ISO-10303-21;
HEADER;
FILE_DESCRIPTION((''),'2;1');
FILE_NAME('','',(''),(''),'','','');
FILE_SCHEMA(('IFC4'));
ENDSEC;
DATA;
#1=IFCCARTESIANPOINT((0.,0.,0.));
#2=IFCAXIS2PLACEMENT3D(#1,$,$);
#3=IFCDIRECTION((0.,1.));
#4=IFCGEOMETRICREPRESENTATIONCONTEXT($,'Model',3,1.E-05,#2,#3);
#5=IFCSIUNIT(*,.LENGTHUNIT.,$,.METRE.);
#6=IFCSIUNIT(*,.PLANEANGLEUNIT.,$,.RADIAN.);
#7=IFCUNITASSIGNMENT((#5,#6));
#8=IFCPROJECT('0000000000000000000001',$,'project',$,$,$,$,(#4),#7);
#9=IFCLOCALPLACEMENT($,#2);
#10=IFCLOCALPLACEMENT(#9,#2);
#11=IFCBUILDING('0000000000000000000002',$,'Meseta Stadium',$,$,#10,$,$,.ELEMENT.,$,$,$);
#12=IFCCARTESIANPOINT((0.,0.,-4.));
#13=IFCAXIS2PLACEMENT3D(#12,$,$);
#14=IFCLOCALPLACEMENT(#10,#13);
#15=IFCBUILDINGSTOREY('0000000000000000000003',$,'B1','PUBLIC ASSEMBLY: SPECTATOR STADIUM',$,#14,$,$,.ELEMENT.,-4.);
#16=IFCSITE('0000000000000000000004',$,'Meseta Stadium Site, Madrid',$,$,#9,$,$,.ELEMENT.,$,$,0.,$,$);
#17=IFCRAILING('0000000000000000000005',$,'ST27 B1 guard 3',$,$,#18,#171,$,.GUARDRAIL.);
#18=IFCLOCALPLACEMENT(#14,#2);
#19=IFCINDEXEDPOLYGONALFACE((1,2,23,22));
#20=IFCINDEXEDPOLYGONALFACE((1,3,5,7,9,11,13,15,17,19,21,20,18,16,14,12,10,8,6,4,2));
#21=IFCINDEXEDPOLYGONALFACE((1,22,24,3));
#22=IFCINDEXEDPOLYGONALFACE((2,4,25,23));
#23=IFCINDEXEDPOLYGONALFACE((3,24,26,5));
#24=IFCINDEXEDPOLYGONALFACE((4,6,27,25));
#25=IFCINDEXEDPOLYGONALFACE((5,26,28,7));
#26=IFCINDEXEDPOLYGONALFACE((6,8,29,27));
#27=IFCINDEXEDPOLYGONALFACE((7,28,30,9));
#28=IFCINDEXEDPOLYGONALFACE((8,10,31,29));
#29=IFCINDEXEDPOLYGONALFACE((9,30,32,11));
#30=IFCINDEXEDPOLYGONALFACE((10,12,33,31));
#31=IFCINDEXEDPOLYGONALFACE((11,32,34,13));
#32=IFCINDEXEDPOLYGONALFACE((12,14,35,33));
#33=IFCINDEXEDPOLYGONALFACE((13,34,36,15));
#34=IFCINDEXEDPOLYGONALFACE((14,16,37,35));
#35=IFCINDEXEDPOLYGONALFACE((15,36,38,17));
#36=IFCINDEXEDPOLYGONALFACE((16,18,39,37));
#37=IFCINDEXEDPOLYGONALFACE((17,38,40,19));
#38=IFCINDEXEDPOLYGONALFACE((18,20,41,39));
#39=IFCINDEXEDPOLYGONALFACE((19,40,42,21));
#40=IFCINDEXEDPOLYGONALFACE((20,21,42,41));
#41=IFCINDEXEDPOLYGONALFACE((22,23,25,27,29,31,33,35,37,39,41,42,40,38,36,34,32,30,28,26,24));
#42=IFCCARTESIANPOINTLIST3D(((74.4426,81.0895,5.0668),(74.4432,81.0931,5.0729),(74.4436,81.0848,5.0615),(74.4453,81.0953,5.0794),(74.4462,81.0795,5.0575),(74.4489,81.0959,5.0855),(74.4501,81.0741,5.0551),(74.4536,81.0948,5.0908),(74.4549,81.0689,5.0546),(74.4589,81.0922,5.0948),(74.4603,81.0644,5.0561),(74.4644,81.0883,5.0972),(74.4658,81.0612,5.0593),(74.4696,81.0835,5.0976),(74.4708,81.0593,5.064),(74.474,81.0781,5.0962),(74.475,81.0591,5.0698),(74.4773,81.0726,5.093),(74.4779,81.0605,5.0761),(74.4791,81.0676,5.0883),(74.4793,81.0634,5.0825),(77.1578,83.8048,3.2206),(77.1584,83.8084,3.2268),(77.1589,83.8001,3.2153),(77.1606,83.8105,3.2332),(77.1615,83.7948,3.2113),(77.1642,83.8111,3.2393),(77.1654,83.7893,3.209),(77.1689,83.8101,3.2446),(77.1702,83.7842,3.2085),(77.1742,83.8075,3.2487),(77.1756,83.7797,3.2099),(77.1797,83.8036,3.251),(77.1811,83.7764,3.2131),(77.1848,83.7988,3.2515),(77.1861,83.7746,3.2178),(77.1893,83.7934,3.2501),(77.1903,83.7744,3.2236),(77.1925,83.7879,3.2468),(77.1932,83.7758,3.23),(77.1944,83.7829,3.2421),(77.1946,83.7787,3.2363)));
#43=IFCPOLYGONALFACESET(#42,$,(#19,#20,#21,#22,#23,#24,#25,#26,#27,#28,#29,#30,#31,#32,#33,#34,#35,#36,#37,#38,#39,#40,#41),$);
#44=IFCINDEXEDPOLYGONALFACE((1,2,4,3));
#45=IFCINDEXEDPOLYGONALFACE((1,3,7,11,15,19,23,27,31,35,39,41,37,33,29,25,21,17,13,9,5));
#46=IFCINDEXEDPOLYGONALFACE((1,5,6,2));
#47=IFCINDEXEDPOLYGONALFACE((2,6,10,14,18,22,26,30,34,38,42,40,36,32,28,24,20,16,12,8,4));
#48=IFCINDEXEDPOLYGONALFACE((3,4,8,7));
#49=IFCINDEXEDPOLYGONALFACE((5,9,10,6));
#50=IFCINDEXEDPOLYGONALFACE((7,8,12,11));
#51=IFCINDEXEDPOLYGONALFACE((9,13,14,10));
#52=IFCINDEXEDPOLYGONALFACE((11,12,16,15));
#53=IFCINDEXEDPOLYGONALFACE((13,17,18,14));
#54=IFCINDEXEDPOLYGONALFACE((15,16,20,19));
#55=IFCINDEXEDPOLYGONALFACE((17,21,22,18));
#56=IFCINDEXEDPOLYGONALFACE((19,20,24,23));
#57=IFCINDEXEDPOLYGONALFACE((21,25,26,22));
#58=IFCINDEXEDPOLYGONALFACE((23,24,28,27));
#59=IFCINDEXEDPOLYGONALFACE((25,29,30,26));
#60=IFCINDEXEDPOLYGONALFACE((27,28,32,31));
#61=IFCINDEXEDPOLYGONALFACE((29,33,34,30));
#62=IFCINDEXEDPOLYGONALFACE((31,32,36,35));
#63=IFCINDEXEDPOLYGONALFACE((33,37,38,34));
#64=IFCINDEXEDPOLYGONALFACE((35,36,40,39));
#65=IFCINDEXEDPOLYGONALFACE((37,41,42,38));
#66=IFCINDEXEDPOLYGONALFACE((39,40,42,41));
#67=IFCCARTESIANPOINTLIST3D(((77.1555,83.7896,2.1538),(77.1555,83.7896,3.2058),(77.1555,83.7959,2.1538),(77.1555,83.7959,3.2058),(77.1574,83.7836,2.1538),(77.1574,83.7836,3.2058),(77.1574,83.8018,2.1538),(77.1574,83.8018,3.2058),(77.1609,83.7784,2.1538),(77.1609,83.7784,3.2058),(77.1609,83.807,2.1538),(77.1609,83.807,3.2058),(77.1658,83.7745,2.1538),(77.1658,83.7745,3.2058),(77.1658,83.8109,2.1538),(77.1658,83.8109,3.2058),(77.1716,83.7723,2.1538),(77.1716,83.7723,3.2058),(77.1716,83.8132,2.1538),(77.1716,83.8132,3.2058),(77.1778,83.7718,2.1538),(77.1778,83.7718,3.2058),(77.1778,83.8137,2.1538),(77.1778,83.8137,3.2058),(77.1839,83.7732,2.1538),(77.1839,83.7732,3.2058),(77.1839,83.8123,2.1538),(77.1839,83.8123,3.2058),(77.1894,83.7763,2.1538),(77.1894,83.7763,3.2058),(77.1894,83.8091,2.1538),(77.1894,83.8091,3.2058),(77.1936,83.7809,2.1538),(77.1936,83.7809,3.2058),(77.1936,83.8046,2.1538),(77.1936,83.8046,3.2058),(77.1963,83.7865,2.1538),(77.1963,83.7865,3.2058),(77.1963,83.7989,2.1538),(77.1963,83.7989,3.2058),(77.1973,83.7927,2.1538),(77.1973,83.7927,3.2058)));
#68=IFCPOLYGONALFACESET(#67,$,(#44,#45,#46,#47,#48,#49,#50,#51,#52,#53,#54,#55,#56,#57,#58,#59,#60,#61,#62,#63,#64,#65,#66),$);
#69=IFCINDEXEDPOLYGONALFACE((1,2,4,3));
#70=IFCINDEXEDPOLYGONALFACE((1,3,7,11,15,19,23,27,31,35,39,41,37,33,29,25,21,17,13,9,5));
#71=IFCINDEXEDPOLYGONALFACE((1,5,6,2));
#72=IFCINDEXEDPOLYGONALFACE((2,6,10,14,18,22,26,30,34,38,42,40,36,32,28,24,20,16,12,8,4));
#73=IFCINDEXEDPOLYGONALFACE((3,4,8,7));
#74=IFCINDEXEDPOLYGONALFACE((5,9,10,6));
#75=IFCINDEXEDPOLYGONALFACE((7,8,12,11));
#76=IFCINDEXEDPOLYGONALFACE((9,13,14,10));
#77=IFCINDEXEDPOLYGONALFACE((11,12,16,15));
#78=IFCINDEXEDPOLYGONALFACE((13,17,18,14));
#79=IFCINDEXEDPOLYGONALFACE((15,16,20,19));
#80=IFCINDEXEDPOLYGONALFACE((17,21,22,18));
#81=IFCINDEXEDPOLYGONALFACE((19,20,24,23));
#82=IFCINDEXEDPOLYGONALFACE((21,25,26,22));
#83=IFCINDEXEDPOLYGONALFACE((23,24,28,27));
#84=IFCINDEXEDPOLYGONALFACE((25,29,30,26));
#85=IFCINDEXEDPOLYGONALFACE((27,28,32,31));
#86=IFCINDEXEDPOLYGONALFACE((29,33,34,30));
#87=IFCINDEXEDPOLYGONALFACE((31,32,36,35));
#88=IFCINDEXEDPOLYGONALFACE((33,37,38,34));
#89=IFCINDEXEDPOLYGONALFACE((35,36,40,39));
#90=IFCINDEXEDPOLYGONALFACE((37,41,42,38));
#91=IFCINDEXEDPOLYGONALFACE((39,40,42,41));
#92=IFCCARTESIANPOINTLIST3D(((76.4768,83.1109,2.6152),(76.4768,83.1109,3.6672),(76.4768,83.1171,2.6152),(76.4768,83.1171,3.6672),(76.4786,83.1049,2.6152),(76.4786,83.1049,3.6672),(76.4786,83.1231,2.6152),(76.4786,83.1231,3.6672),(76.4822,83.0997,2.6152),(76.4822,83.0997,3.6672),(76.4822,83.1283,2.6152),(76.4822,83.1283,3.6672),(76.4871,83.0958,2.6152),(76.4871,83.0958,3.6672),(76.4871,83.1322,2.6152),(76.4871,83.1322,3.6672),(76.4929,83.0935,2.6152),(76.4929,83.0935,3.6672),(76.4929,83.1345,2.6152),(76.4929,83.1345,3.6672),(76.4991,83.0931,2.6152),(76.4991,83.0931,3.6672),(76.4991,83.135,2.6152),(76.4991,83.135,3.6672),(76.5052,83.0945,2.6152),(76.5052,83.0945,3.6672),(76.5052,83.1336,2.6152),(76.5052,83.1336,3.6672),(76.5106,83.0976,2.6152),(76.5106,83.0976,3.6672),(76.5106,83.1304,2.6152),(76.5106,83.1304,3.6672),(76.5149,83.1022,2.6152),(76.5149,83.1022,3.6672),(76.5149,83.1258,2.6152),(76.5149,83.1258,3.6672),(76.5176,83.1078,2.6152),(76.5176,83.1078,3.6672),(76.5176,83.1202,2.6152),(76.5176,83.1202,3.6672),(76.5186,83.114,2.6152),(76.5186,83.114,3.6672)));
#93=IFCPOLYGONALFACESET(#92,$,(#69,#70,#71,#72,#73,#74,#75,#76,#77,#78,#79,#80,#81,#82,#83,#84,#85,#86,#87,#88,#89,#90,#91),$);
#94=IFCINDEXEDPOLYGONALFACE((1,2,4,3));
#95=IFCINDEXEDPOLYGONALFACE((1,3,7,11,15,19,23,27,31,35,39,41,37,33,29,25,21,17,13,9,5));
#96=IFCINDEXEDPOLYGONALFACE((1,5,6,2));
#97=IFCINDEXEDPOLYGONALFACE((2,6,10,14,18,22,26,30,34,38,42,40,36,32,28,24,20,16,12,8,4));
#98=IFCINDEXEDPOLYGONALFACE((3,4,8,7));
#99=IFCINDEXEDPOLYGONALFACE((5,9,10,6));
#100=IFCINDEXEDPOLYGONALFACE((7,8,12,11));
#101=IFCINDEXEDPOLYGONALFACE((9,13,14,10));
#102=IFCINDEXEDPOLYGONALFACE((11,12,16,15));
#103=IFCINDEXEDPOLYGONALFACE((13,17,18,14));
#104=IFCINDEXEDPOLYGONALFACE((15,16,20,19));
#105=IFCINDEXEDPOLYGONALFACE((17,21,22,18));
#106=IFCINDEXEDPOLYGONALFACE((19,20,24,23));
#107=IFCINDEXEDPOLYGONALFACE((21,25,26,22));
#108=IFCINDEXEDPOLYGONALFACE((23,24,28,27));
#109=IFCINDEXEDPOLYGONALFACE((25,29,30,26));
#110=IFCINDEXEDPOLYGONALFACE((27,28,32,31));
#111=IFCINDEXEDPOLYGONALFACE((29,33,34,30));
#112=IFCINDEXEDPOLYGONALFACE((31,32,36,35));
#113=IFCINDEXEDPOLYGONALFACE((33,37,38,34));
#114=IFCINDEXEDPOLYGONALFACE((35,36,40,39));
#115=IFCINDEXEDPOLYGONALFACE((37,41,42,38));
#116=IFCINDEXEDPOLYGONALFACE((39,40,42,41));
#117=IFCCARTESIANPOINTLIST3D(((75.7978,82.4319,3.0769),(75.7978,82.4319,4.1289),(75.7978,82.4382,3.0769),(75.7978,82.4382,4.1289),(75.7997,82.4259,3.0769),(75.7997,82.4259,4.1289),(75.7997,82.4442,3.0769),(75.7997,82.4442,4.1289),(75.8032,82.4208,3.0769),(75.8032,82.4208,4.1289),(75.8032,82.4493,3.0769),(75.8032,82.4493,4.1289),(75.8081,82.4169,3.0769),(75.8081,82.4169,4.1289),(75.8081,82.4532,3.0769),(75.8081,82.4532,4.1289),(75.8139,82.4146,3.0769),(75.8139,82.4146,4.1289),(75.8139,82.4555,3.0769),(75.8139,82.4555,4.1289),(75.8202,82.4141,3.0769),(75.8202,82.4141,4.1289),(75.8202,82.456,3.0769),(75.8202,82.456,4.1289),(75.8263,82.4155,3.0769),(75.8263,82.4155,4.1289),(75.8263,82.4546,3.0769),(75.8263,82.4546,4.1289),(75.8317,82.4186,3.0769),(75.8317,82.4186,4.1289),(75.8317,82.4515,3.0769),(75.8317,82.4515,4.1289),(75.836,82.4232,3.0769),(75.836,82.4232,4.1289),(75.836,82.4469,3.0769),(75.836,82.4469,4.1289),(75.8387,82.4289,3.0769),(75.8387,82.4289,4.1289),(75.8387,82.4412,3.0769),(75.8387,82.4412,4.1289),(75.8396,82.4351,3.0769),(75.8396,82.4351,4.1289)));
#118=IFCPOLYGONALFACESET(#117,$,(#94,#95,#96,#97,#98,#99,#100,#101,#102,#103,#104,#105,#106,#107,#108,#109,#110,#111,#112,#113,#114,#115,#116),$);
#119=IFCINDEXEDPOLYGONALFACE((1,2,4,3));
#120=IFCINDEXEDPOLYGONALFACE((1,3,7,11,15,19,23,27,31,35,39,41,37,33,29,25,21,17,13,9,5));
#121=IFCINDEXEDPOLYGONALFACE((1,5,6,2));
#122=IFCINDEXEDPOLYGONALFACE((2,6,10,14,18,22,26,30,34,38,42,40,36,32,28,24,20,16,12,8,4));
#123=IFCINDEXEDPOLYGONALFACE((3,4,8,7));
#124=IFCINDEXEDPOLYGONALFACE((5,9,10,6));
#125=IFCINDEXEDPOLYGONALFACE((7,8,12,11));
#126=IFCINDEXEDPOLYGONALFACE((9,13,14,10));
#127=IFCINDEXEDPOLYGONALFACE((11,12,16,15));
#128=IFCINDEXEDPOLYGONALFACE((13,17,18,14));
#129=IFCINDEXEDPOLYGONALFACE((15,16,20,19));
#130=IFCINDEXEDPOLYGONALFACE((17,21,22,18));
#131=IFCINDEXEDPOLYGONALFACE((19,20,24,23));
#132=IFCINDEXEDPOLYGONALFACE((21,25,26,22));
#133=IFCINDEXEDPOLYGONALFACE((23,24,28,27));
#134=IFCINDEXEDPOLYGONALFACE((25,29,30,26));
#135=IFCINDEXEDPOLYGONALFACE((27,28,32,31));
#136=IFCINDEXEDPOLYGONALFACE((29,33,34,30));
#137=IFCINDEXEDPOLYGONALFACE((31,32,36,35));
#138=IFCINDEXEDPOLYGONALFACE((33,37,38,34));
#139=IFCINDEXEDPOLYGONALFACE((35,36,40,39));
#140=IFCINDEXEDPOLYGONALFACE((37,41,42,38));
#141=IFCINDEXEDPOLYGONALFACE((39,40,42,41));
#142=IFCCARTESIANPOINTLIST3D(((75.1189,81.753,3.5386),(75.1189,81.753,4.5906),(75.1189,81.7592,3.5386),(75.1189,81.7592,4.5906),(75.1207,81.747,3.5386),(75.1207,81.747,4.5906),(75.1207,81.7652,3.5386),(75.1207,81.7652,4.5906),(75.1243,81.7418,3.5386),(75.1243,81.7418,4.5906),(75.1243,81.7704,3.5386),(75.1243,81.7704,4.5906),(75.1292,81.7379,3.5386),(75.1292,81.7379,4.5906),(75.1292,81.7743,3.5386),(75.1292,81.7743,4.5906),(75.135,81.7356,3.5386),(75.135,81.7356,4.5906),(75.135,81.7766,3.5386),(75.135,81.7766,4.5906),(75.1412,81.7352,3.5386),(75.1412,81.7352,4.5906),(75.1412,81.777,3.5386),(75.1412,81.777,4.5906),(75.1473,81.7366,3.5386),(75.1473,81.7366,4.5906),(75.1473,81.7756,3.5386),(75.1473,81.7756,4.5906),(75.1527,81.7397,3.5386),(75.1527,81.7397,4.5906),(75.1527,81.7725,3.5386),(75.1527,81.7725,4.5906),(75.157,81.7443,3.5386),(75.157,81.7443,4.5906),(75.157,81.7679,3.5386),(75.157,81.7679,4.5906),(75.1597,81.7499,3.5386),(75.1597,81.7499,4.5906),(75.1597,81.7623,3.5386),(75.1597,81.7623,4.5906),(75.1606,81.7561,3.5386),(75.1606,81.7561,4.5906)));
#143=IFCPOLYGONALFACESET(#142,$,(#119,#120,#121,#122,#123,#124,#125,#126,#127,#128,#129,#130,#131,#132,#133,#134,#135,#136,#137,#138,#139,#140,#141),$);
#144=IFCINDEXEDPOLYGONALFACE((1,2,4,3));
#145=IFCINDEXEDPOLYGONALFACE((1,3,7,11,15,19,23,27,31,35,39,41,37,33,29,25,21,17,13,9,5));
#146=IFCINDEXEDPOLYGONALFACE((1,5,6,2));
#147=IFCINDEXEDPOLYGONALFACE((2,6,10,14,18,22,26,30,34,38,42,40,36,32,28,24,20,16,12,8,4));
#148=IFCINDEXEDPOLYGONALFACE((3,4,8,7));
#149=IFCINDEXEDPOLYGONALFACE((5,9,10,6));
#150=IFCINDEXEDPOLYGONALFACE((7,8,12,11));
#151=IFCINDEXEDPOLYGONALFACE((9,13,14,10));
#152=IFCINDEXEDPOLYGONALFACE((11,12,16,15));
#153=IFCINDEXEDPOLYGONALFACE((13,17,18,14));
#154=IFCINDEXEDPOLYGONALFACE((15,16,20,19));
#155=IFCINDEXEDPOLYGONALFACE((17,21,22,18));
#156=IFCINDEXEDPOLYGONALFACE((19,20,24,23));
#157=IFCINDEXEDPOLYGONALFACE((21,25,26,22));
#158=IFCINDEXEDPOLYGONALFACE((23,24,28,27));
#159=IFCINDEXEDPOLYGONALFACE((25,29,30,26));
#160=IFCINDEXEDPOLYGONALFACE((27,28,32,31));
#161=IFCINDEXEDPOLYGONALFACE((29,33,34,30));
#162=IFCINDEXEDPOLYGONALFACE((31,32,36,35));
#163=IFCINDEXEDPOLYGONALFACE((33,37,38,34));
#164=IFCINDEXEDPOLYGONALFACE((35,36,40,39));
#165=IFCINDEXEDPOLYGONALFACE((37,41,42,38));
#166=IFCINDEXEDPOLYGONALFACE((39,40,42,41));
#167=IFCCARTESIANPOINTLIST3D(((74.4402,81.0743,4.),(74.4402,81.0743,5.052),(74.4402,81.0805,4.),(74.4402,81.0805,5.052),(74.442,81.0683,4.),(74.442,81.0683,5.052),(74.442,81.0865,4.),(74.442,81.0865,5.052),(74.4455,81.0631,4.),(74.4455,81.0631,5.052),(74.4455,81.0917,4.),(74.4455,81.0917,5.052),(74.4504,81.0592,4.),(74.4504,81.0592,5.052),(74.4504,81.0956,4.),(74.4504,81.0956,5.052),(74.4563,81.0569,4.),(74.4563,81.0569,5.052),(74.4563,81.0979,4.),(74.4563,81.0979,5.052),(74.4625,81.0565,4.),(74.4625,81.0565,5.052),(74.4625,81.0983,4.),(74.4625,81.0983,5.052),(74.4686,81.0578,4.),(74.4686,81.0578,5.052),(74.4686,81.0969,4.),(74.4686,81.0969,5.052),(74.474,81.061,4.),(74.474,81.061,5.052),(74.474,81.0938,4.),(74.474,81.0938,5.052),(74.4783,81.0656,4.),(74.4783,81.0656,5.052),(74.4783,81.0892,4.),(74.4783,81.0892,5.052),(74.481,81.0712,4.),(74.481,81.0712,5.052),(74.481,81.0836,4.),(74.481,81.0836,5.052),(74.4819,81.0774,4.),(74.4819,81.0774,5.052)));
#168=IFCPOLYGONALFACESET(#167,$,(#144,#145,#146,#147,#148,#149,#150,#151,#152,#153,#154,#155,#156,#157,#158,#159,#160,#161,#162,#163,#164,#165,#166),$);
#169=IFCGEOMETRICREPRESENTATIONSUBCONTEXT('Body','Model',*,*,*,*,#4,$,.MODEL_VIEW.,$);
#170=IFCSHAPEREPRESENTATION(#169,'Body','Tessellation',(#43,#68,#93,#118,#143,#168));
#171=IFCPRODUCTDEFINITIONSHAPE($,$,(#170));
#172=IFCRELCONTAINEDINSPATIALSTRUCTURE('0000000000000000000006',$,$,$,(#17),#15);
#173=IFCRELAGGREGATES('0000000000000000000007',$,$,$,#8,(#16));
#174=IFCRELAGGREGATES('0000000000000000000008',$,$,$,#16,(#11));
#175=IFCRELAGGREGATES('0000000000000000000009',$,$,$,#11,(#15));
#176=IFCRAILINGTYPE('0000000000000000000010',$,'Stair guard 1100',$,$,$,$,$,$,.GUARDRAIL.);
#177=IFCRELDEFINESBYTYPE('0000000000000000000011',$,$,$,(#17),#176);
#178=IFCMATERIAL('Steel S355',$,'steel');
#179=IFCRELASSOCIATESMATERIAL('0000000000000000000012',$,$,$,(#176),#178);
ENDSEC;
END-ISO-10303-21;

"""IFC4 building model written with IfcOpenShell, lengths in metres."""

from ifc_helpers import new_model, si_unit, direction, frame, origin, origin_2d, place, context, subcontext, project, spatial, circle, extrude, material, type_object, element, save


model = new_model("IFC4")

# Units and contexts
model_context = context("Model", 3, precision=1e-05, world=origin(), true_north=direction((0.0, 1.0)))
body_context = subcontext(model_context, "Body", "Model", "MODEL_VIEW")
ifc_project = project(units=[si_unit("LENGTHUNIT", "METRE"), si_unit("PLANEANGLEUNIT", "RADIAN")], contexts=[model_context])

# Site, building, storey
site_placement = place(None, origin())
site = spatial("IfcSite", under=ifc_project, at=site_placement, Name="Meseta Stadium Site, Madrid", CompositionType="ELEMENT", RefElevation=0.0)
building_placement = place(site_placement, origin())
building = spatial("IfcBuilding", under=site, at=building_placement, Name="Meseta Stadium", CompositionType="ELEMENT")
storey_placement = place(building_placement, frame((0.0, 0.0, -4.0)))
storey = spatial("IfcBuildingStorey", under=building, at=storey_placement, Name="B1", Description="PUBLIC ASSEMBLY: SPECTATOR STADIUM", CompositionType="ELEMENT", Elevation=-4.0)

# Railing
ifc_material_1 = material(Name="Steel S355", Category="steel")
railing_type_1 = type_object("IfcRailingType", Name="Stair guard 1100", PredefinedType="GUARDRAIL", material=ifc_material_1)
railing_1_placement = place(storey_placement, frame((77.1763, 83.7927, 2.1538)))
element("IfcRailing", 1, at=railing_1_placement, inside=storey, type_object=railing_type_1, Name="ST27 B1 guard 3", PredefinedType="GUARDRAIL", context=body_context, shape_type="SweptSolid", body=[
    extrude(circle(Radius=0.0239, at=origin_2d()), frame((0.0, 0.0, 1.0762), z_axis=(-0.637281, -0.637281, 0.433296), x_axis=(0.707107, -0.707107, 0.0)), (0.0, 0.0, 1.0), 4.2607),
    extrude(circle(Radius=0.021, at=origin_2d()), origin(), (0.0, 0.0, 1.0), 1.052),
    extrude(circle(Radius=0.021, at=origin_2d()), frame((-0.6787, -0.6787, 0.4614)), (0.0, 0.0, 1.0), 1.052),
    extrude(circle(Radius=0.021, at=origin_2d()), frame((-1.3577, -1.3577, 0.9231)), (0.0, 0.0, 1.0), 1.052),
    extrude(circle(Radius=0.021, at=origin_2d()), frame((-2.0366, -2.0366, 1.3848)), (0.0, 0.0, 1.0), 1.052),
    extrude(circle(Radius=0.021, at=origin_2d()), frame((-2.7153, -2.7153, 1.8462)), (0.0, 0.0, 1.0), 1.052),
])

save(model, "model.ifc")
